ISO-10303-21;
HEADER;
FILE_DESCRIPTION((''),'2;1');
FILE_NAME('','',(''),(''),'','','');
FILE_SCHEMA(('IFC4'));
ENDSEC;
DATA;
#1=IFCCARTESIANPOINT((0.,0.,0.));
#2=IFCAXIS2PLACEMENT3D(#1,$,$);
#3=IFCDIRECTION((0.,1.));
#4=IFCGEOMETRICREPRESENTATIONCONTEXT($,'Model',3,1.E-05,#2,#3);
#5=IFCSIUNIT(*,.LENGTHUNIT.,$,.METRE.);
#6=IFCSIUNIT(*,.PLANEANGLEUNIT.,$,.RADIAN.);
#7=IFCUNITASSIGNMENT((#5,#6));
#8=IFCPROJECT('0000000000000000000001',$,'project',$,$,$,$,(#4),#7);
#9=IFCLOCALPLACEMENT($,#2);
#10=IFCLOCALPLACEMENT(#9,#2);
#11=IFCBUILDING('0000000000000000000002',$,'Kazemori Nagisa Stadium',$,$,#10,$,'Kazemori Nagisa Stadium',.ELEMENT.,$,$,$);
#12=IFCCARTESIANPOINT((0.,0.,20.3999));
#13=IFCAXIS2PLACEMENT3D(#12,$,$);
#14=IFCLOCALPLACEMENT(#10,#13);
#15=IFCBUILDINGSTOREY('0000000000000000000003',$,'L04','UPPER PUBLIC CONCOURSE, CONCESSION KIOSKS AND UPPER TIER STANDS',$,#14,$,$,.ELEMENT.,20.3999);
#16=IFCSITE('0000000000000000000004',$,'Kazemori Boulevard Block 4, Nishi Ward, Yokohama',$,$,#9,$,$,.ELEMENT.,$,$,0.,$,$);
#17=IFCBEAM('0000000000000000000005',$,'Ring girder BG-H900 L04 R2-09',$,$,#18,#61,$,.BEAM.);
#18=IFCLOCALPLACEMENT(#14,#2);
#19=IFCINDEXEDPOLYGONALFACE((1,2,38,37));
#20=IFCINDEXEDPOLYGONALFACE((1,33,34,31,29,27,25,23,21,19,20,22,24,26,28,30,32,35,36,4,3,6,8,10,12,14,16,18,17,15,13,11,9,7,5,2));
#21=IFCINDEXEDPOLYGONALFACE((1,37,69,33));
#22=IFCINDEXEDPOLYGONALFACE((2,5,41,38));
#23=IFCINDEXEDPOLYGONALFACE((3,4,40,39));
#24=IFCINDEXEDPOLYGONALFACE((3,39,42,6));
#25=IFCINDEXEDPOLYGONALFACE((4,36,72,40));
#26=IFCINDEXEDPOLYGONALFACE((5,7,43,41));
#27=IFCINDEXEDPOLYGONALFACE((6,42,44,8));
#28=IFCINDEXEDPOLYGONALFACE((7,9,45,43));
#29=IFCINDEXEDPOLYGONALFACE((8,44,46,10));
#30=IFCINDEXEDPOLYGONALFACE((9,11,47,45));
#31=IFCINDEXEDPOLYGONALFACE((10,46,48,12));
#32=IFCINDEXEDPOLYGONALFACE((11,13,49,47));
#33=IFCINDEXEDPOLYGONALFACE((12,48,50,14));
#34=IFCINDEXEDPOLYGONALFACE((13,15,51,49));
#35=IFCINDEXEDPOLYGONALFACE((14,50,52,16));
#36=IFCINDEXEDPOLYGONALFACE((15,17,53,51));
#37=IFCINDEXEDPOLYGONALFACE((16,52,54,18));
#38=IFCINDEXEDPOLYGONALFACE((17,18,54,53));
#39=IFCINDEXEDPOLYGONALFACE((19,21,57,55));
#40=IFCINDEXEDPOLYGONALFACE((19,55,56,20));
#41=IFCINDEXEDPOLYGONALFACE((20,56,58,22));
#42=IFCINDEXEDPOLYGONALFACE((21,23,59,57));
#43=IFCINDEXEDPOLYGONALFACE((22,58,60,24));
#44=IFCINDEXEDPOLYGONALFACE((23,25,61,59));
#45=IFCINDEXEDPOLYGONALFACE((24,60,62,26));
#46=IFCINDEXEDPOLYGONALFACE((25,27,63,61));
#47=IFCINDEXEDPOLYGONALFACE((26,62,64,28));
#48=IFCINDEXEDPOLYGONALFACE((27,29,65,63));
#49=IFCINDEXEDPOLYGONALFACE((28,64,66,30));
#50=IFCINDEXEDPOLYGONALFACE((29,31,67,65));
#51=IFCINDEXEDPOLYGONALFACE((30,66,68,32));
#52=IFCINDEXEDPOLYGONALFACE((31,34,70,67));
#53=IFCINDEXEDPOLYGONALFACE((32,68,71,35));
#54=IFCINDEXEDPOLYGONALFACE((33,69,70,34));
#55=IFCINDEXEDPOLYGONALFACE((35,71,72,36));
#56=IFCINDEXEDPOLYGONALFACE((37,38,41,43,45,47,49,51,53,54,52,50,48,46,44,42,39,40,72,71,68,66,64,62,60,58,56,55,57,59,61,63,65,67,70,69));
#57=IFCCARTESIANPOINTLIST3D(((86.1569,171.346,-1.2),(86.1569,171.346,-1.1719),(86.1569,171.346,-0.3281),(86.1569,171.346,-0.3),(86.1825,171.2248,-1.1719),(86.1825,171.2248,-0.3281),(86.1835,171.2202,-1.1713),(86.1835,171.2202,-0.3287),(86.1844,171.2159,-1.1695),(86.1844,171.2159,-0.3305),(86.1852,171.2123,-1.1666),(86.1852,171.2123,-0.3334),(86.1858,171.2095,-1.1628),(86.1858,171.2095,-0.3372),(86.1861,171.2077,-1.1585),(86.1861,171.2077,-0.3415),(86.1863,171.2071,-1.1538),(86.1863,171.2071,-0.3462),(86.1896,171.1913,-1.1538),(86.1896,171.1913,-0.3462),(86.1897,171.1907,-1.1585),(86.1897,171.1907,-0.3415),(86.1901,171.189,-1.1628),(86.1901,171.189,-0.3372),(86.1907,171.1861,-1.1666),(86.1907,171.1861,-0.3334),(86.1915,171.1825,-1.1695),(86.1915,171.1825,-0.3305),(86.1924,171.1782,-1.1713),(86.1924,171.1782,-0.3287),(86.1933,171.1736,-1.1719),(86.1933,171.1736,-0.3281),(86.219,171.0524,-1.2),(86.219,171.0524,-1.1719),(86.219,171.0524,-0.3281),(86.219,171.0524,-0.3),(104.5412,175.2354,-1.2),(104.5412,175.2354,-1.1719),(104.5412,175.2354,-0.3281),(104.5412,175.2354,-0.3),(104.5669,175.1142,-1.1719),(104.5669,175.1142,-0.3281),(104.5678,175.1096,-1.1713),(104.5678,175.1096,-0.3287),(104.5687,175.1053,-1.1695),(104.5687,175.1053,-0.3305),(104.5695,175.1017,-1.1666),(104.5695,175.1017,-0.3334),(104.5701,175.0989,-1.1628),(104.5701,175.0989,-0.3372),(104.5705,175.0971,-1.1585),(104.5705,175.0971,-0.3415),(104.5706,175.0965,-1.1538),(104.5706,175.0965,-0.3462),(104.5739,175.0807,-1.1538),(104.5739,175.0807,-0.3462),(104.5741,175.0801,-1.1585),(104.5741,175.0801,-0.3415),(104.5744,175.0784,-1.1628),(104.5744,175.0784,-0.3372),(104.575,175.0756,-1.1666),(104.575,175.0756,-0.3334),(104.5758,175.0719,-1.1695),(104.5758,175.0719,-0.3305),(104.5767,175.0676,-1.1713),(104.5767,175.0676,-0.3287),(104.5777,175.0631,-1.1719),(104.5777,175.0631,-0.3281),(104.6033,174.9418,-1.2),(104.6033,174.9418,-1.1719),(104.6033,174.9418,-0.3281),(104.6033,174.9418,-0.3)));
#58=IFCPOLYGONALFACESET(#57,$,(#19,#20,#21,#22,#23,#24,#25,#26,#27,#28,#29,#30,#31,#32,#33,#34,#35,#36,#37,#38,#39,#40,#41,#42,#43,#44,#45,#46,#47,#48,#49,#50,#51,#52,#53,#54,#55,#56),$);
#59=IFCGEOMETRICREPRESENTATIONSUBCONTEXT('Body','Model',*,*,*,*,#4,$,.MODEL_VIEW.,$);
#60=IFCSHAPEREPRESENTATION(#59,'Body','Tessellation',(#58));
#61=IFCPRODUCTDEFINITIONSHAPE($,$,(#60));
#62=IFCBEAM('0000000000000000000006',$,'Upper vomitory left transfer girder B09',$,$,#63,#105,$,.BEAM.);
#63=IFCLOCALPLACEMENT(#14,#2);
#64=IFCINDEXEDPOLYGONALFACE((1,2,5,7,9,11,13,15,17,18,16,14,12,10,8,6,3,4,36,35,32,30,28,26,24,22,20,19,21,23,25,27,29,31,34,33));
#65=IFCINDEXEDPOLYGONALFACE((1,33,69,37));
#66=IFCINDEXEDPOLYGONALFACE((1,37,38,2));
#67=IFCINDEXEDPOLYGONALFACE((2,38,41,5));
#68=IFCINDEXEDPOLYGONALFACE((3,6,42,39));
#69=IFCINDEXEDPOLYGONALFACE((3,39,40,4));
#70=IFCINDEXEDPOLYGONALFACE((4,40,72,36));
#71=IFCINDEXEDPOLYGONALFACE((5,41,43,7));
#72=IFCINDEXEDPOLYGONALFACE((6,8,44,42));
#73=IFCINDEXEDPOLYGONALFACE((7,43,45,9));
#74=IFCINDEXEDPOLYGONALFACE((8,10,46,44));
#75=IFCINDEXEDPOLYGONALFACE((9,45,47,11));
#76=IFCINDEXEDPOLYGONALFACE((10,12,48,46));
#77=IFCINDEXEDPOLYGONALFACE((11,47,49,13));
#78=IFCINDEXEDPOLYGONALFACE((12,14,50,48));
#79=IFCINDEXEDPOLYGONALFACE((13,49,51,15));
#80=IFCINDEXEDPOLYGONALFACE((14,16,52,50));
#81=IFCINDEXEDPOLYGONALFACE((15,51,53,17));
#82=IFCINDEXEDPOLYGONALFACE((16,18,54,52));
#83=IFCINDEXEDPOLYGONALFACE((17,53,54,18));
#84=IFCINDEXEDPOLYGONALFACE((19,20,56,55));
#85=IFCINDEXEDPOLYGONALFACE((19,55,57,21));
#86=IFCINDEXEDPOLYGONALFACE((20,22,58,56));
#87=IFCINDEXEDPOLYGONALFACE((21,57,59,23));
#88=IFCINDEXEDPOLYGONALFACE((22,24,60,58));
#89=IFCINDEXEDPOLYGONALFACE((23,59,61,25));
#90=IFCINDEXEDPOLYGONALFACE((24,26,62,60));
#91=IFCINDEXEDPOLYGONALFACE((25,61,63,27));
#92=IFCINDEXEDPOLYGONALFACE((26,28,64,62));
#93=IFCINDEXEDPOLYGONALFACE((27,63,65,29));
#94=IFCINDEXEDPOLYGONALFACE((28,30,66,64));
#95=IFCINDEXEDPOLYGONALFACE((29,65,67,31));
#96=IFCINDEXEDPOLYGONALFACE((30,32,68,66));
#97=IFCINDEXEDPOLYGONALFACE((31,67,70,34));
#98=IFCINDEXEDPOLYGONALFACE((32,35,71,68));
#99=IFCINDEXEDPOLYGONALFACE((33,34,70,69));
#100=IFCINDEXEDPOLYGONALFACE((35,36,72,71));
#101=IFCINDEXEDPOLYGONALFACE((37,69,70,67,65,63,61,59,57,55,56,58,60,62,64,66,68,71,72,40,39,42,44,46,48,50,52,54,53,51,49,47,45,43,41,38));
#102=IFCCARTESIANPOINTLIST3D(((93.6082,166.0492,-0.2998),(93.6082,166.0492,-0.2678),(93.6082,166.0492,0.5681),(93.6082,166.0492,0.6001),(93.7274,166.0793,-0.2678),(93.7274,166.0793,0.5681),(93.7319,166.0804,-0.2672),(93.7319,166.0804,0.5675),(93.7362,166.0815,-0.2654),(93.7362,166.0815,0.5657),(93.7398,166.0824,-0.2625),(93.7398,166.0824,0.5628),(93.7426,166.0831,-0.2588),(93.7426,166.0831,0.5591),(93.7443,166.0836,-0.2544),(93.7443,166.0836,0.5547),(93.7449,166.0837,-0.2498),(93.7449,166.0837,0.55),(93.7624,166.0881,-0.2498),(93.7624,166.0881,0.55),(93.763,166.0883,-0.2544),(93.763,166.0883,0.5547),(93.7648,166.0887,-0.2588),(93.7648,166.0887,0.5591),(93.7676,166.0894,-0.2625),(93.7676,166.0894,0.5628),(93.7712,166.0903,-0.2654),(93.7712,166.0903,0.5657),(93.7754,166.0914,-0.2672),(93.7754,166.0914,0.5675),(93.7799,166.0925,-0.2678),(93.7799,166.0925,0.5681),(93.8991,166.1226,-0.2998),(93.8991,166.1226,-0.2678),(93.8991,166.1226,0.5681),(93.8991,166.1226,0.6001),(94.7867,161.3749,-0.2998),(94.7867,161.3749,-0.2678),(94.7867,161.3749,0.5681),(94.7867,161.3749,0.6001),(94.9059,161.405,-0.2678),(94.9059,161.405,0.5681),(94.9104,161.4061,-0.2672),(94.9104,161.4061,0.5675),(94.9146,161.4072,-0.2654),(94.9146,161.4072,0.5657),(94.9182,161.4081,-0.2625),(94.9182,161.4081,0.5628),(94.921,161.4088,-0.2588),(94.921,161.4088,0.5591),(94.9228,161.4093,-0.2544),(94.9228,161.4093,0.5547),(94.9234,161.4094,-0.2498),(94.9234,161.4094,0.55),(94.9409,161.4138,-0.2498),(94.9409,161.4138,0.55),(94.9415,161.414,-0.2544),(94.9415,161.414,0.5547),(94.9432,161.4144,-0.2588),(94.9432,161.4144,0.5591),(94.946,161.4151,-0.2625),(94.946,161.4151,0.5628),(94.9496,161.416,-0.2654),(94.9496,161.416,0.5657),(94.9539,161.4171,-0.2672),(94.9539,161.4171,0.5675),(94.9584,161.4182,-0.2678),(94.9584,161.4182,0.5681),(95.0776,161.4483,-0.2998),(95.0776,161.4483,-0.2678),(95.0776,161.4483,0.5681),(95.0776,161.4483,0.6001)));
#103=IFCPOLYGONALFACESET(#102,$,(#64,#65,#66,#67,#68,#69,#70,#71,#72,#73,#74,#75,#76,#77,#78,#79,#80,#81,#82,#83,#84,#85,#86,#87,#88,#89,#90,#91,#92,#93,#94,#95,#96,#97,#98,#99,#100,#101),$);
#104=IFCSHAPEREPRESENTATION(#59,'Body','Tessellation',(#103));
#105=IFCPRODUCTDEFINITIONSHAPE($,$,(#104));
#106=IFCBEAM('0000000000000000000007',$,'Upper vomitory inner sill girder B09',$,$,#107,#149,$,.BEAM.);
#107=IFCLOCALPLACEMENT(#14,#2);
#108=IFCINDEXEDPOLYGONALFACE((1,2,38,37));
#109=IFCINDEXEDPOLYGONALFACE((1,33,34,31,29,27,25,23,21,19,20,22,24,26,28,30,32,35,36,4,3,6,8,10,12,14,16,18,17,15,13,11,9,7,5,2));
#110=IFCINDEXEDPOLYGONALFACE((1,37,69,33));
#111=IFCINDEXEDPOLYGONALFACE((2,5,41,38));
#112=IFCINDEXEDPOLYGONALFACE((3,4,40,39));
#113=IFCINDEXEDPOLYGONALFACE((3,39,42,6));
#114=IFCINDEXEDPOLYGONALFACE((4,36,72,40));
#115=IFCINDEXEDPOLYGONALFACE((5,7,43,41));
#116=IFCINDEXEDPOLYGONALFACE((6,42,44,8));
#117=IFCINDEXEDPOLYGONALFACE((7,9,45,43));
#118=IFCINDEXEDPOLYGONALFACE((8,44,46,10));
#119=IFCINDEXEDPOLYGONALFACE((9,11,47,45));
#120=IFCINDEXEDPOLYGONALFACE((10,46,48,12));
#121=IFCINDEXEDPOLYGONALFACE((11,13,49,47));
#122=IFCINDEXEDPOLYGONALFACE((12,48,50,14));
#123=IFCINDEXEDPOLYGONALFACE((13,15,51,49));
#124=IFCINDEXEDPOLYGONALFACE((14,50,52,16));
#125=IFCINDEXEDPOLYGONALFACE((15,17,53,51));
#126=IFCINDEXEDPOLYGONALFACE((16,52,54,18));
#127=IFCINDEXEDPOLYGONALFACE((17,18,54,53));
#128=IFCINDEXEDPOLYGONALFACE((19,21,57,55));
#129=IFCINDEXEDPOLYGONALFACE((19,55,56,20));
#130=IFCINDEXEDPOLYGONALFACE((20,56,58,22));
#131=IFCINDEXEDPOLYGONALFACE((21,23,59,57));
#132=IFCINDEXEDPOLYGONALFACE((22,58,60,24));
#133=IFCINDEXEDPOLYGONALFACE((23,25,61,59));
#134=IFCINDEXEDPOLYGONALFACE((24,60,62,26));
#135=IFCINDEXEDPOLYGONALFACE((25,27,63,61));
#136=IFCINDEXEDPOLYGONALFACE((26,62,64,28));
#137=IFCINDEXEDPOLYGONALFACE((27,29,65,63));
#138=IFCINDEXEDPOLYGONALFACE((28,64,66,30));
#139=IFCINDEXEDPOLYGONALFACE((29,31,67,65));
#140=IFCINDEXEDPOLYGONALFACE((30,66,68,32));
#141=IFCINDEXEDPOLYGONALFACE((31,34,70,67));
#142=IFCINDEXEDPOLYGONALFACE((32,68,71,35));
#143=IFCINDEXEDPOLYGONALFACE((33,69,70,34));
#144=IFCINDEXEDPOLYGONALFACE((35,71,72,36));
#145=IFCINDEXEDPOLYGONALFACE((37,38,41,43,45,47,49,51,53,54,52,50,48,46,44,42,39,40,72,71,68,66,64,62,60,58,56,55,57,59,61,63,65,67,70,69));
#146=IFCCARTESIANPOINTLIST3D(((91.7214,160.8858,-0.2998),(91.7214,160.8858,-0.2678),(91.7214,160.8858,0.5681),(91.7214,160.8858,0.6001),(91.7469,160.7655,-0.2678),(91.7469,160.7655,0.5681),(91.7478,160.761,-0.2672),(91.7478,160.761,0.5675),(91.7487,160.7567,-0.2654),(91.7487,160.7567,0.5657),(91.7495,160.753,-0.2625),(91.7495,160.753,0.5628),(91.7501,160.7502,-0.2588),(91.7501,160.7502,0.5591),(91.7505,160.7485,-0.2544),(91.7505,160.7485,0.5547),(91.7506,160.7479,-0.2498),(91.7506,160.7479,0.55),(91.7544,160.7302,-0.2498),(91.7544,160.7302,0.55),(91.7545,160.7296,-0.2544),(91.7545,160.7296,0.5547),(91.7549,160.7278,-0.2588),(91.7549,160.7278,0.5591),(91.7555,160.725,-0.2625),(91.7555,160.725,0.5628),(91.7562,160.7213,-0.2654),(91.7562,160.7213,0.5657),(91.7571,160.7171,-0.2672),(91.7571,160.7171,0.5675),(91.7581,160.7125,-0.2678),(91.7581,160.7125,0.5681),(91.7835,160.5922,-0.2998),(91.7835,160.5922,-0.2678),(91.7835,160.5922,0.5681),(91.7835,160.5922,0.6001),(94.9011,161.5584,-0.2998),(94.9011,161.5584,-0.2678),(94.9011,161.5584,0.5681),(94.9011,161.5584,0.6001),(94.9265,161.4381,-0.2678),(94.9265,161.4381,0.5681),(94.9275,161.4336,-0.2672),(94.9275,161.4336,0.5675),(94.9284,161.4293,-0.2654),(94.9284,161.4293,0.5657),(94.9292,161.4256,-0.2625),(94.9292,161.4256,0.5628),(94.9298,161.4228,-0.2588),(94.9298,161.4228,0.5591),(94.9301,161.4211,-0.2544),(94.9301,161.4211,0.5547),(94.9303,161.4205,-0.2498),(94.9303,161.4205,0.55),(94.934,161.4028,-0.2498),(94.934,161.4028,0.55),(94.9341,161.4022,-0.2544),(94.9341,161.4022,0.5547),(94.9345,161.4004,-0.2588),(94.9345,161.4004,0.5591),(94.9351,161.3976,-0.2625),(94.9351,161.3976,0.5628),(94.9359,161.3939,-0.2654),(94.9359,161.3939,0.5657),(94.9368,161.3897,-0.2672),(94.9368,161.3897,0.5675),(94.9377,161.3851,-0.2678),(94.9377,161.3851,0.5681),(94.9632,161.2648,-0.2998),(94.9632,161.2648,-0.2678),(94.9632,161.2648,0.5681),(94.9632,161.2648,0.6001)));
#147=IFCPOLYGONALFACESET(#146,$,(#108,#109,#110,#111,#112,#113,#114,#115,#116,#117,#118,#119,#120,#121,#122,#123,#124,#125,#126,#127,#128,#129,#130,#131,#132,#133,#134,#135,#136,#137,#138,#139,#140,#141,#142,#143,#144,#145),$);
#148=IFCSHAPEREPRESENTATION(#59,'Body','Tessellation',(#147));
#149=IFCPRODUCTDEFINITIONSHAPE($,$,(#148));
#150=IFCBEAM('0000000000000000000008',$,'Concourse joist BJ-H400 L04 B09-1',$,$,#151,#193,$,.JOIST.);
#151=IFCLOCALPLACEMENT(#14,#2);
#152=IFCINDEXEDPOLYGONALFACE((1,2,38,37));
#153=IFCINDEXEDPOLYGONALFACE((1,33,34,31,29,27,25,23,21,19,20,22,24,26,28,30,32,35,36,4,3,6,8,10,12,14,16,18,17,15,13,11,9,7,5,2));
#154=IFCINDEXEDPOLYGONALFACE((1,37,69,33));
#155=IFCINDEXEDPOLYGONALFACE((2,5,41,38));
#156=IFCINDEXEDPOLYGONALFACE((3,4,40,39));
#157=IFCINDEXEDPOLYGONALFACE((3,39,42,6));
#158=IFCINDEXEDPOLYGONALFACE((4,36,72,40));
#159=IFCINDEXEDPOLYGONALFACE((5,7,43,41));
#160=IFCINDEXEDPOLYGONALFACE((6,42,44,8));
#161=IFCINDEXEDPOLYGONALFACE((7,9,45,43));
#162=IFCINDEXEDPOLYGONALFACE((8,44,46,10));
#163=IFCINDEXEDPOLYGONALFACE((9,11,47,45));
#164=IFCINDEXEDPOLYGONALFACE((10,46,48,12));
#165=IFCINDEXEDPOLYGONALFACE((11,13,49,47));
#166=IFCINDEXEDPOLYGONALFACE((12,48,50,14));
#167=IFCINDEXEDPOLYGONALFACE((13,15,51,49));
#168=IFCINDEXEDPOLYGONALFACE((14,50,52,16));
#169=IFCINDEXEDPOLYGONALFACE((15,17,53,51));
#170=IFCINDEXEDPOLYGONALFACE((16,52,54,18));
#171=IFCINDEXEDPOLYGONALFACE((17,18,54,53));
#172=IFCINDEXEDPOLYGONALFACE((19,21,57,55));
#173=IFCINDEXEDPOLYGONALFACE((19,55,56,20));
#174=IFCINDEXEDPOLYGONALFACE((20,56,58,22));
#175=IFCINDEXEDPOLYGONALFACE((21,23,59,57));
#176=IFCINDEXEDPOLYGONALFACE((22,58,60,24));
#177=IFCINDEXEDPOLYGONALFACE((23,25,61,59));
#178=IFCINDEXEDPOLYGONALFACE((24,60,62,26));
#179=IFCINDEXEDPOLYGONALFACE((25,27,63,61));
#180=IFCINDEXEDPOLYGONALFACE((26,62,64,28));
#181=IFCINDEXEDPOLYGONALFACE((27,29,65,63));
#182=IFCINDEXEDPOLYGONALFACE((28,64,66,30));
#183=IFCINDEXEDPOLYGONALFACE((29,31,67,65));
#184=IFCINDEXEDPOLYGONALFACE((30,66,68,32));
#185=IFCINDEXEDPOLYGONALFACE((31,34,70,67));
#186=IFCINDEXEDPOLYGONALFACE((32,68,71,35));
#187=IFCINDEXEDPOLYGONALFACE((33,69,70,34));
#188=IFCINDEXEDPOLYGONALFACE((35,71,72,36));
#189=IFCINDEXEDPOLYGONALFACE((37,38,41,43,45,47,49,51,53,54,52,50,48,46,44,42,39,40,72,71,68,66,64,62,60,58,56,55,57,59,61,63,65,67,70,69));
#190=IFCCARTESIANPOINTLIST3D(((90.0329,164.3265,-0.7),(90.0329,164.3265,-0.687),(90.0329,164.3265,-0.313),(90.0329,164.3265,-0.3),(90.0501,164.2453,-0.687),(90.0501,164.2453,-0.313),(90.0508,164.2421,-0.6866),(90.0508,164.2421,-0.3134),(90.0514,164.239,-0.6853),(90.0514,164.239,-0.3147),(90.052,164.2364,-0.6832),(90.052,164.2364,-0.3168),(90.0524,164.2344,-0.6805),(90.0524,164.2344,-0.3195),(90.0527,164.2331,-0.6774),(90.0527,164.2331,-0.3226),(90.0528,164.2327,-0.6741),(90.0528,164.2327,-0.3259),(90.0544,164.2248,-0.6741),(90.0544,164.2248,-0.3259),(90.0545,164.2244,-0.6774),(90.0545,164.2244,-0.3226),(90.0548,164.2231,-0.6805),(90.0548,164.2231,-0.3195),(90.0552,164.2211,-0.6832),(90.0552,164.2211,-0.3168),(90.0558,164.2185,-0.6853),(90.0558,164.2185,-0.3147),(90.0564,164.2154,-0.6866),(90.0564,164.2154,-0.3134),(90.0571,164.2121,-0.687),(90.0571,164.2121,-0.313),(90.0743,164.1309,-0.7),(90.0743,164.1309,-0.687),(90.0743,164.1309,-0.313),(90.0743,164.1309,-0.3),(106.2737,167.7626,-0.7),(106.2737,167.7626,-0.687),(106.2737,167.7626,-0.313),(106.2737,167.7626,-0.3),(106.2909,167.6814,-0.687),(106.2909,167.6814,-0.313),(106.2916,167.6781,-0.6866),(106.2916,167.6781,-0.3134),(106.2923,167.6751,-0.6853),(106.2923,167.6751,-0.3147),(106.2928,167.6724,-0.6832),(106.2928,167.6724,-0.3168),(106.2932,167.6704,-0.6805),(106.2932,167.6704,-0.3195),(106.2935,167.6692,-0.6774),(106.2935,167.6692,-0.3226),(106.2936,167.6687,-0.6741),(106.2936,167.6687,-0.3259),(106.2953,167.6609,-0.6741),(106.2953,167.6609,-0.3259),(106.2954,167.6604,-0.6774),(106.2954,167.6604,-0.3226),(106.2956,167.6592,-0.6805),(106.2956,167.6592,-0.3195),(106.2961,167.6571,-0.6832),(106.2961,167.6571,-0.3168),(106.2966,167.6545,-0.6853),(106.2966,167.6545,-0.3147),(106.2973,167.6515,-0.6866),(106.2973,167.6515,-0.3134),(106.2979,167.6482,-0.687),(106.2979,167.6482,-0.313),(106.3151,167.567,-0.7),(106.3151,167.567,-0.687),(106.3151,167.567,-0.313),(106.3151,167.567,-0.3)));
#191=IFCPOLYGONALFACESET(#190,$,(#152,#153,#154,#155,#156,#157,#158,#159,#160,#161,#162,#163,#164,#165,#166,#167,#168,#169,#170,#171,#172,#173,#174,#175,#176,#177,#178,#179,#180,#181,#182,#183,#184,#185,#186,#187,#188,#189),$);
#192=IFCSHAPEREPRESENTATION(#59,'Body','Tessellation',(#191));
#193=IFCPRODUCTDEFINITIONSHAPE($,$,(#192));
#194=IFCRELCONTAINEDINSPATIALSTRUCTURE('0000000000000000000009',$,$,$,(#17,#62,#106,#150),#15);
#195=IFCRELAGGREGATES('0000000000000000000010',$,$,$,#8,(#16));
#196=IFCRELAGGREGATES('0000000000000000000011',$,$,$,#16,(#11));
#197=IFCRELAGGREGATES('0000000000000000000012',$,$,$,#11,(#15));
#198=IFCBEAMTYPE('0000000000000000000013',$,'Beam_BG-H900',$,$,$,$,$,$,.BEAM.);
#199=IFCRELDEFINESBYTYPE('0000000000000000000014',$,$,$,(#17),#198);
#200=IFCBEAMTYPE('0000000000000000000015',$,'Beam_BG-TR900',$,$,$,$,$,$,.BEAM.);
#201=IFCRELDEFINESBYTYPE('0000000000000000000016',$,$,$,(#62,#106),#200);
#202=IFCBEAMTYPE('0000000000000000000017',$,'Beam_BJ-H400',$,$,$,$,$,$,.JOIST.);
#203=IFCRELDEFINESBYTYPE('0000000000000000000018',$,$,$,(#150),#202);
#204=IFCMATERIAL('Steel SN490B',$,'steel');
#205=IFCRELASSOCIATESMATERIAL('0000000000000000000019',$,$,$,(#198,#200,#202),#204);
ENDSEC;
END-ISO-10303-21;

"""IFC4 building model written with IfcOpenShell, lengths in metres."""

from ifc_helpers import new_model, si_unit, direction, frame, origin, origin_2d, place, context, subcontext, project, spatial, i_section, extrude, material, material_profile, profile_set, type_object, element, save


model = new_model("IFC4")

# Units and contexts
model_context = context("Model", 3, precision=1e-05, world=origin(), true_north=direction((0.0, 1.0)))
body_context = subcontext(model_context, "Body", "Model", "MODEL_VIEW")
ifc_project = project(units=[si_unit("LENGTHUNIT", "METRE"), si_unit("PLANEANGLEUNIT", "RADIAN")], contexts=[model_context])

# Site, building, storey
site_placement = place(None, origin())
site = spatial("IfcSite", under=ifc_project, at=site_placement, Name="Kazemori Boulevard Block 4, Nishi Ward, Yokohama", CompositionType="ELEMENT", RefElevation=0.0)
building_placement = place(site_placement, origin())
building = spatial("IfcBuilding", under=site, at=building_placement, Name="Kazemori Nagisa Stadium", LongName="Kazemori Nagisa Stadium", CompositionType="ELEMENT")
storey_placement = place(building_placement, frame((0.0, 0.0, 20.3999)))
storey = spatial("IfcBuildingStorey", under=building, at=storey_placement, Name="L04", Description="UPPER PUBLIC CONCOURSE, CONCESSION KIOSKS AND UPPER TIER STANDS", CompositionType="ELEMENT", Elevation=20.3999)

# Beams
ifc_material_1 = material(Name="Steel SN490B", Category="steel")
ifc_material_profile_1 = material_profile(ifc_material_1, i_section(OverallWidth=0.3, OverallDepth=0.8999, WebThickness=0.0161, FlangeThickness=0.0281, FilletRadius=0.0181, at=origin_2d()), Name="H-900x300x16x28")
ifc_profile_set_1 = profile_set([ifc_material_profile_1], Name="Steel SN490B")
beam_type_1 = type_object("IfcBeamType", Name="Beam_BG-H900", PredefinedType="BEAM", material=ifc_profile_set_1)
beam_1_placement = place(storey_placement, frame((104.5723, 175.0886, -0.75), z_axis=(-0.978345, -0.20698, 0.0), x_axis=(0.20698, -0.978345, 0.0)))
element("IfcBeam", 1, at=beam_1_placement, inside=storey, type_object=beam_type_1, Name="Ring girder BG-H900 L04 R2-09", PredefinedType="BEAM", context=body_context, shape_type="SweptSolid", body=[
    extrude(i_section(OverallWidth=0.3, OverallDepth=0.8999, WebThickness=0.0161, FlangeThickness=0.0281, FilletRadius=0.0181, at=origin_2d()), origin(), (0.0, 0.0, 1.0), 18.7913),
])
ifc_material_profile_2 = material_profile(ifc_material_1, i_section(OverallWidth=0.3, OverallDepth=0.8999, WebThickness=0.0181, FlangeThickness=0.032, FilletRadius=0.0181, at=origin_2d()), Name="H-900x300x18x32")
ifc_profile_set_2 = profile_set([ifc_material_profile_2], Name="Steel SN490B")
beam_type_2 = type_object("IfcBeamType", Name="Beam_BG-TR900", PredefinedType="BEAM", material=ifc_profile_set_2)
beam_2_placement = place(storey_placement, frame((94.9321, 161.4116, 0.1501), z_axis=(-0.244466, 0.969658, 0.0), x_axis=(-0.969658, -0.244466, 0.0)))
element("IfcBeam", 2, at=beam_2_placement, inside=storey, type_object=beam_type_2, Name="Upper vomitory left transfer girder B09", PredefinedType="BEAM", context=body_context, shape_type="SweptSolid", body=[
    extrude(i_section(OverallWidth=0.3, OverallDepth=0.8999, WebThickness=0.0181, FlangeThickness=0.032, FilletRadius=0.0181, at=origin_2d()), origin(), (0.0, 0.0, 1.0), 4.8206),
])
beam_3_placement = place(storey_placement, frame((94.9321, 161.4116, 0.1501), z_axis=(-0.978351, -0.206953, 0.0), x_axis=(0.206953, -0.978351, 0.0)))
element("IfcBeam", 3, at=beam_3_placement, inside=storey, type_object=beam_type_2, Name="Upper vomitory inner sill girder B09", PredefinedType="BEAM", context=body_context, shape_type="SweptSolid", body=[
    extrude(i_section(OverallWidth=0.3, OverallDepth=0.8999, WebThickness=0.0181, FlangeThickness=0.032, FilletRadius=0.0181, at=origin_2d()), origin(), (0.0, 0.0, 1.0), 3.25),
])
ifc_material_profile_3 = material_profile(ifc_material_1, i_section(OverallWidth=0.2, OverallDepth=0.3999, WebThickness=0.0081, FlangeThickness=0.0129, FilletRadius=0.0129, at=origin_2d()), Name="H-400x200x8x13")
ifc_profile_set_3 = profile_set([ifc_material_profile_3], Name="Steel SN490B")
beam_type_3 = type_object("IfcBeamType", Name="Beam_BJ-H400", PredefinedType="JOIST", material=ifc_profile_set_3)
beam_4_placement = place(storey_placement, frame((106.2944, 167.6648, -0.5), z_axis=(-0.978344, -0.206987, 0.0), x_axis=(0.206987, -0.978344, 0.0)))
element("IfcBeam", 4, at=beam_4_placement, inside=storey, type_object=beam_type_3, Name="Concourse joist BJ-H400 L04 B09-1", PredefinedType="JOIST", context=body_context, shape_type="SweptSolid", body=[
    extrude(i_section(OverallWidth=0.2, OverallDepth=0.3999, WebThickness=0.0081, FlangeThickness=0.0129, FilletRadius=0.0129, at=origin_2d()), origin(), (0.0, 0.0, 1.0), 16.6003),
])

save(model, "model.ifc")
